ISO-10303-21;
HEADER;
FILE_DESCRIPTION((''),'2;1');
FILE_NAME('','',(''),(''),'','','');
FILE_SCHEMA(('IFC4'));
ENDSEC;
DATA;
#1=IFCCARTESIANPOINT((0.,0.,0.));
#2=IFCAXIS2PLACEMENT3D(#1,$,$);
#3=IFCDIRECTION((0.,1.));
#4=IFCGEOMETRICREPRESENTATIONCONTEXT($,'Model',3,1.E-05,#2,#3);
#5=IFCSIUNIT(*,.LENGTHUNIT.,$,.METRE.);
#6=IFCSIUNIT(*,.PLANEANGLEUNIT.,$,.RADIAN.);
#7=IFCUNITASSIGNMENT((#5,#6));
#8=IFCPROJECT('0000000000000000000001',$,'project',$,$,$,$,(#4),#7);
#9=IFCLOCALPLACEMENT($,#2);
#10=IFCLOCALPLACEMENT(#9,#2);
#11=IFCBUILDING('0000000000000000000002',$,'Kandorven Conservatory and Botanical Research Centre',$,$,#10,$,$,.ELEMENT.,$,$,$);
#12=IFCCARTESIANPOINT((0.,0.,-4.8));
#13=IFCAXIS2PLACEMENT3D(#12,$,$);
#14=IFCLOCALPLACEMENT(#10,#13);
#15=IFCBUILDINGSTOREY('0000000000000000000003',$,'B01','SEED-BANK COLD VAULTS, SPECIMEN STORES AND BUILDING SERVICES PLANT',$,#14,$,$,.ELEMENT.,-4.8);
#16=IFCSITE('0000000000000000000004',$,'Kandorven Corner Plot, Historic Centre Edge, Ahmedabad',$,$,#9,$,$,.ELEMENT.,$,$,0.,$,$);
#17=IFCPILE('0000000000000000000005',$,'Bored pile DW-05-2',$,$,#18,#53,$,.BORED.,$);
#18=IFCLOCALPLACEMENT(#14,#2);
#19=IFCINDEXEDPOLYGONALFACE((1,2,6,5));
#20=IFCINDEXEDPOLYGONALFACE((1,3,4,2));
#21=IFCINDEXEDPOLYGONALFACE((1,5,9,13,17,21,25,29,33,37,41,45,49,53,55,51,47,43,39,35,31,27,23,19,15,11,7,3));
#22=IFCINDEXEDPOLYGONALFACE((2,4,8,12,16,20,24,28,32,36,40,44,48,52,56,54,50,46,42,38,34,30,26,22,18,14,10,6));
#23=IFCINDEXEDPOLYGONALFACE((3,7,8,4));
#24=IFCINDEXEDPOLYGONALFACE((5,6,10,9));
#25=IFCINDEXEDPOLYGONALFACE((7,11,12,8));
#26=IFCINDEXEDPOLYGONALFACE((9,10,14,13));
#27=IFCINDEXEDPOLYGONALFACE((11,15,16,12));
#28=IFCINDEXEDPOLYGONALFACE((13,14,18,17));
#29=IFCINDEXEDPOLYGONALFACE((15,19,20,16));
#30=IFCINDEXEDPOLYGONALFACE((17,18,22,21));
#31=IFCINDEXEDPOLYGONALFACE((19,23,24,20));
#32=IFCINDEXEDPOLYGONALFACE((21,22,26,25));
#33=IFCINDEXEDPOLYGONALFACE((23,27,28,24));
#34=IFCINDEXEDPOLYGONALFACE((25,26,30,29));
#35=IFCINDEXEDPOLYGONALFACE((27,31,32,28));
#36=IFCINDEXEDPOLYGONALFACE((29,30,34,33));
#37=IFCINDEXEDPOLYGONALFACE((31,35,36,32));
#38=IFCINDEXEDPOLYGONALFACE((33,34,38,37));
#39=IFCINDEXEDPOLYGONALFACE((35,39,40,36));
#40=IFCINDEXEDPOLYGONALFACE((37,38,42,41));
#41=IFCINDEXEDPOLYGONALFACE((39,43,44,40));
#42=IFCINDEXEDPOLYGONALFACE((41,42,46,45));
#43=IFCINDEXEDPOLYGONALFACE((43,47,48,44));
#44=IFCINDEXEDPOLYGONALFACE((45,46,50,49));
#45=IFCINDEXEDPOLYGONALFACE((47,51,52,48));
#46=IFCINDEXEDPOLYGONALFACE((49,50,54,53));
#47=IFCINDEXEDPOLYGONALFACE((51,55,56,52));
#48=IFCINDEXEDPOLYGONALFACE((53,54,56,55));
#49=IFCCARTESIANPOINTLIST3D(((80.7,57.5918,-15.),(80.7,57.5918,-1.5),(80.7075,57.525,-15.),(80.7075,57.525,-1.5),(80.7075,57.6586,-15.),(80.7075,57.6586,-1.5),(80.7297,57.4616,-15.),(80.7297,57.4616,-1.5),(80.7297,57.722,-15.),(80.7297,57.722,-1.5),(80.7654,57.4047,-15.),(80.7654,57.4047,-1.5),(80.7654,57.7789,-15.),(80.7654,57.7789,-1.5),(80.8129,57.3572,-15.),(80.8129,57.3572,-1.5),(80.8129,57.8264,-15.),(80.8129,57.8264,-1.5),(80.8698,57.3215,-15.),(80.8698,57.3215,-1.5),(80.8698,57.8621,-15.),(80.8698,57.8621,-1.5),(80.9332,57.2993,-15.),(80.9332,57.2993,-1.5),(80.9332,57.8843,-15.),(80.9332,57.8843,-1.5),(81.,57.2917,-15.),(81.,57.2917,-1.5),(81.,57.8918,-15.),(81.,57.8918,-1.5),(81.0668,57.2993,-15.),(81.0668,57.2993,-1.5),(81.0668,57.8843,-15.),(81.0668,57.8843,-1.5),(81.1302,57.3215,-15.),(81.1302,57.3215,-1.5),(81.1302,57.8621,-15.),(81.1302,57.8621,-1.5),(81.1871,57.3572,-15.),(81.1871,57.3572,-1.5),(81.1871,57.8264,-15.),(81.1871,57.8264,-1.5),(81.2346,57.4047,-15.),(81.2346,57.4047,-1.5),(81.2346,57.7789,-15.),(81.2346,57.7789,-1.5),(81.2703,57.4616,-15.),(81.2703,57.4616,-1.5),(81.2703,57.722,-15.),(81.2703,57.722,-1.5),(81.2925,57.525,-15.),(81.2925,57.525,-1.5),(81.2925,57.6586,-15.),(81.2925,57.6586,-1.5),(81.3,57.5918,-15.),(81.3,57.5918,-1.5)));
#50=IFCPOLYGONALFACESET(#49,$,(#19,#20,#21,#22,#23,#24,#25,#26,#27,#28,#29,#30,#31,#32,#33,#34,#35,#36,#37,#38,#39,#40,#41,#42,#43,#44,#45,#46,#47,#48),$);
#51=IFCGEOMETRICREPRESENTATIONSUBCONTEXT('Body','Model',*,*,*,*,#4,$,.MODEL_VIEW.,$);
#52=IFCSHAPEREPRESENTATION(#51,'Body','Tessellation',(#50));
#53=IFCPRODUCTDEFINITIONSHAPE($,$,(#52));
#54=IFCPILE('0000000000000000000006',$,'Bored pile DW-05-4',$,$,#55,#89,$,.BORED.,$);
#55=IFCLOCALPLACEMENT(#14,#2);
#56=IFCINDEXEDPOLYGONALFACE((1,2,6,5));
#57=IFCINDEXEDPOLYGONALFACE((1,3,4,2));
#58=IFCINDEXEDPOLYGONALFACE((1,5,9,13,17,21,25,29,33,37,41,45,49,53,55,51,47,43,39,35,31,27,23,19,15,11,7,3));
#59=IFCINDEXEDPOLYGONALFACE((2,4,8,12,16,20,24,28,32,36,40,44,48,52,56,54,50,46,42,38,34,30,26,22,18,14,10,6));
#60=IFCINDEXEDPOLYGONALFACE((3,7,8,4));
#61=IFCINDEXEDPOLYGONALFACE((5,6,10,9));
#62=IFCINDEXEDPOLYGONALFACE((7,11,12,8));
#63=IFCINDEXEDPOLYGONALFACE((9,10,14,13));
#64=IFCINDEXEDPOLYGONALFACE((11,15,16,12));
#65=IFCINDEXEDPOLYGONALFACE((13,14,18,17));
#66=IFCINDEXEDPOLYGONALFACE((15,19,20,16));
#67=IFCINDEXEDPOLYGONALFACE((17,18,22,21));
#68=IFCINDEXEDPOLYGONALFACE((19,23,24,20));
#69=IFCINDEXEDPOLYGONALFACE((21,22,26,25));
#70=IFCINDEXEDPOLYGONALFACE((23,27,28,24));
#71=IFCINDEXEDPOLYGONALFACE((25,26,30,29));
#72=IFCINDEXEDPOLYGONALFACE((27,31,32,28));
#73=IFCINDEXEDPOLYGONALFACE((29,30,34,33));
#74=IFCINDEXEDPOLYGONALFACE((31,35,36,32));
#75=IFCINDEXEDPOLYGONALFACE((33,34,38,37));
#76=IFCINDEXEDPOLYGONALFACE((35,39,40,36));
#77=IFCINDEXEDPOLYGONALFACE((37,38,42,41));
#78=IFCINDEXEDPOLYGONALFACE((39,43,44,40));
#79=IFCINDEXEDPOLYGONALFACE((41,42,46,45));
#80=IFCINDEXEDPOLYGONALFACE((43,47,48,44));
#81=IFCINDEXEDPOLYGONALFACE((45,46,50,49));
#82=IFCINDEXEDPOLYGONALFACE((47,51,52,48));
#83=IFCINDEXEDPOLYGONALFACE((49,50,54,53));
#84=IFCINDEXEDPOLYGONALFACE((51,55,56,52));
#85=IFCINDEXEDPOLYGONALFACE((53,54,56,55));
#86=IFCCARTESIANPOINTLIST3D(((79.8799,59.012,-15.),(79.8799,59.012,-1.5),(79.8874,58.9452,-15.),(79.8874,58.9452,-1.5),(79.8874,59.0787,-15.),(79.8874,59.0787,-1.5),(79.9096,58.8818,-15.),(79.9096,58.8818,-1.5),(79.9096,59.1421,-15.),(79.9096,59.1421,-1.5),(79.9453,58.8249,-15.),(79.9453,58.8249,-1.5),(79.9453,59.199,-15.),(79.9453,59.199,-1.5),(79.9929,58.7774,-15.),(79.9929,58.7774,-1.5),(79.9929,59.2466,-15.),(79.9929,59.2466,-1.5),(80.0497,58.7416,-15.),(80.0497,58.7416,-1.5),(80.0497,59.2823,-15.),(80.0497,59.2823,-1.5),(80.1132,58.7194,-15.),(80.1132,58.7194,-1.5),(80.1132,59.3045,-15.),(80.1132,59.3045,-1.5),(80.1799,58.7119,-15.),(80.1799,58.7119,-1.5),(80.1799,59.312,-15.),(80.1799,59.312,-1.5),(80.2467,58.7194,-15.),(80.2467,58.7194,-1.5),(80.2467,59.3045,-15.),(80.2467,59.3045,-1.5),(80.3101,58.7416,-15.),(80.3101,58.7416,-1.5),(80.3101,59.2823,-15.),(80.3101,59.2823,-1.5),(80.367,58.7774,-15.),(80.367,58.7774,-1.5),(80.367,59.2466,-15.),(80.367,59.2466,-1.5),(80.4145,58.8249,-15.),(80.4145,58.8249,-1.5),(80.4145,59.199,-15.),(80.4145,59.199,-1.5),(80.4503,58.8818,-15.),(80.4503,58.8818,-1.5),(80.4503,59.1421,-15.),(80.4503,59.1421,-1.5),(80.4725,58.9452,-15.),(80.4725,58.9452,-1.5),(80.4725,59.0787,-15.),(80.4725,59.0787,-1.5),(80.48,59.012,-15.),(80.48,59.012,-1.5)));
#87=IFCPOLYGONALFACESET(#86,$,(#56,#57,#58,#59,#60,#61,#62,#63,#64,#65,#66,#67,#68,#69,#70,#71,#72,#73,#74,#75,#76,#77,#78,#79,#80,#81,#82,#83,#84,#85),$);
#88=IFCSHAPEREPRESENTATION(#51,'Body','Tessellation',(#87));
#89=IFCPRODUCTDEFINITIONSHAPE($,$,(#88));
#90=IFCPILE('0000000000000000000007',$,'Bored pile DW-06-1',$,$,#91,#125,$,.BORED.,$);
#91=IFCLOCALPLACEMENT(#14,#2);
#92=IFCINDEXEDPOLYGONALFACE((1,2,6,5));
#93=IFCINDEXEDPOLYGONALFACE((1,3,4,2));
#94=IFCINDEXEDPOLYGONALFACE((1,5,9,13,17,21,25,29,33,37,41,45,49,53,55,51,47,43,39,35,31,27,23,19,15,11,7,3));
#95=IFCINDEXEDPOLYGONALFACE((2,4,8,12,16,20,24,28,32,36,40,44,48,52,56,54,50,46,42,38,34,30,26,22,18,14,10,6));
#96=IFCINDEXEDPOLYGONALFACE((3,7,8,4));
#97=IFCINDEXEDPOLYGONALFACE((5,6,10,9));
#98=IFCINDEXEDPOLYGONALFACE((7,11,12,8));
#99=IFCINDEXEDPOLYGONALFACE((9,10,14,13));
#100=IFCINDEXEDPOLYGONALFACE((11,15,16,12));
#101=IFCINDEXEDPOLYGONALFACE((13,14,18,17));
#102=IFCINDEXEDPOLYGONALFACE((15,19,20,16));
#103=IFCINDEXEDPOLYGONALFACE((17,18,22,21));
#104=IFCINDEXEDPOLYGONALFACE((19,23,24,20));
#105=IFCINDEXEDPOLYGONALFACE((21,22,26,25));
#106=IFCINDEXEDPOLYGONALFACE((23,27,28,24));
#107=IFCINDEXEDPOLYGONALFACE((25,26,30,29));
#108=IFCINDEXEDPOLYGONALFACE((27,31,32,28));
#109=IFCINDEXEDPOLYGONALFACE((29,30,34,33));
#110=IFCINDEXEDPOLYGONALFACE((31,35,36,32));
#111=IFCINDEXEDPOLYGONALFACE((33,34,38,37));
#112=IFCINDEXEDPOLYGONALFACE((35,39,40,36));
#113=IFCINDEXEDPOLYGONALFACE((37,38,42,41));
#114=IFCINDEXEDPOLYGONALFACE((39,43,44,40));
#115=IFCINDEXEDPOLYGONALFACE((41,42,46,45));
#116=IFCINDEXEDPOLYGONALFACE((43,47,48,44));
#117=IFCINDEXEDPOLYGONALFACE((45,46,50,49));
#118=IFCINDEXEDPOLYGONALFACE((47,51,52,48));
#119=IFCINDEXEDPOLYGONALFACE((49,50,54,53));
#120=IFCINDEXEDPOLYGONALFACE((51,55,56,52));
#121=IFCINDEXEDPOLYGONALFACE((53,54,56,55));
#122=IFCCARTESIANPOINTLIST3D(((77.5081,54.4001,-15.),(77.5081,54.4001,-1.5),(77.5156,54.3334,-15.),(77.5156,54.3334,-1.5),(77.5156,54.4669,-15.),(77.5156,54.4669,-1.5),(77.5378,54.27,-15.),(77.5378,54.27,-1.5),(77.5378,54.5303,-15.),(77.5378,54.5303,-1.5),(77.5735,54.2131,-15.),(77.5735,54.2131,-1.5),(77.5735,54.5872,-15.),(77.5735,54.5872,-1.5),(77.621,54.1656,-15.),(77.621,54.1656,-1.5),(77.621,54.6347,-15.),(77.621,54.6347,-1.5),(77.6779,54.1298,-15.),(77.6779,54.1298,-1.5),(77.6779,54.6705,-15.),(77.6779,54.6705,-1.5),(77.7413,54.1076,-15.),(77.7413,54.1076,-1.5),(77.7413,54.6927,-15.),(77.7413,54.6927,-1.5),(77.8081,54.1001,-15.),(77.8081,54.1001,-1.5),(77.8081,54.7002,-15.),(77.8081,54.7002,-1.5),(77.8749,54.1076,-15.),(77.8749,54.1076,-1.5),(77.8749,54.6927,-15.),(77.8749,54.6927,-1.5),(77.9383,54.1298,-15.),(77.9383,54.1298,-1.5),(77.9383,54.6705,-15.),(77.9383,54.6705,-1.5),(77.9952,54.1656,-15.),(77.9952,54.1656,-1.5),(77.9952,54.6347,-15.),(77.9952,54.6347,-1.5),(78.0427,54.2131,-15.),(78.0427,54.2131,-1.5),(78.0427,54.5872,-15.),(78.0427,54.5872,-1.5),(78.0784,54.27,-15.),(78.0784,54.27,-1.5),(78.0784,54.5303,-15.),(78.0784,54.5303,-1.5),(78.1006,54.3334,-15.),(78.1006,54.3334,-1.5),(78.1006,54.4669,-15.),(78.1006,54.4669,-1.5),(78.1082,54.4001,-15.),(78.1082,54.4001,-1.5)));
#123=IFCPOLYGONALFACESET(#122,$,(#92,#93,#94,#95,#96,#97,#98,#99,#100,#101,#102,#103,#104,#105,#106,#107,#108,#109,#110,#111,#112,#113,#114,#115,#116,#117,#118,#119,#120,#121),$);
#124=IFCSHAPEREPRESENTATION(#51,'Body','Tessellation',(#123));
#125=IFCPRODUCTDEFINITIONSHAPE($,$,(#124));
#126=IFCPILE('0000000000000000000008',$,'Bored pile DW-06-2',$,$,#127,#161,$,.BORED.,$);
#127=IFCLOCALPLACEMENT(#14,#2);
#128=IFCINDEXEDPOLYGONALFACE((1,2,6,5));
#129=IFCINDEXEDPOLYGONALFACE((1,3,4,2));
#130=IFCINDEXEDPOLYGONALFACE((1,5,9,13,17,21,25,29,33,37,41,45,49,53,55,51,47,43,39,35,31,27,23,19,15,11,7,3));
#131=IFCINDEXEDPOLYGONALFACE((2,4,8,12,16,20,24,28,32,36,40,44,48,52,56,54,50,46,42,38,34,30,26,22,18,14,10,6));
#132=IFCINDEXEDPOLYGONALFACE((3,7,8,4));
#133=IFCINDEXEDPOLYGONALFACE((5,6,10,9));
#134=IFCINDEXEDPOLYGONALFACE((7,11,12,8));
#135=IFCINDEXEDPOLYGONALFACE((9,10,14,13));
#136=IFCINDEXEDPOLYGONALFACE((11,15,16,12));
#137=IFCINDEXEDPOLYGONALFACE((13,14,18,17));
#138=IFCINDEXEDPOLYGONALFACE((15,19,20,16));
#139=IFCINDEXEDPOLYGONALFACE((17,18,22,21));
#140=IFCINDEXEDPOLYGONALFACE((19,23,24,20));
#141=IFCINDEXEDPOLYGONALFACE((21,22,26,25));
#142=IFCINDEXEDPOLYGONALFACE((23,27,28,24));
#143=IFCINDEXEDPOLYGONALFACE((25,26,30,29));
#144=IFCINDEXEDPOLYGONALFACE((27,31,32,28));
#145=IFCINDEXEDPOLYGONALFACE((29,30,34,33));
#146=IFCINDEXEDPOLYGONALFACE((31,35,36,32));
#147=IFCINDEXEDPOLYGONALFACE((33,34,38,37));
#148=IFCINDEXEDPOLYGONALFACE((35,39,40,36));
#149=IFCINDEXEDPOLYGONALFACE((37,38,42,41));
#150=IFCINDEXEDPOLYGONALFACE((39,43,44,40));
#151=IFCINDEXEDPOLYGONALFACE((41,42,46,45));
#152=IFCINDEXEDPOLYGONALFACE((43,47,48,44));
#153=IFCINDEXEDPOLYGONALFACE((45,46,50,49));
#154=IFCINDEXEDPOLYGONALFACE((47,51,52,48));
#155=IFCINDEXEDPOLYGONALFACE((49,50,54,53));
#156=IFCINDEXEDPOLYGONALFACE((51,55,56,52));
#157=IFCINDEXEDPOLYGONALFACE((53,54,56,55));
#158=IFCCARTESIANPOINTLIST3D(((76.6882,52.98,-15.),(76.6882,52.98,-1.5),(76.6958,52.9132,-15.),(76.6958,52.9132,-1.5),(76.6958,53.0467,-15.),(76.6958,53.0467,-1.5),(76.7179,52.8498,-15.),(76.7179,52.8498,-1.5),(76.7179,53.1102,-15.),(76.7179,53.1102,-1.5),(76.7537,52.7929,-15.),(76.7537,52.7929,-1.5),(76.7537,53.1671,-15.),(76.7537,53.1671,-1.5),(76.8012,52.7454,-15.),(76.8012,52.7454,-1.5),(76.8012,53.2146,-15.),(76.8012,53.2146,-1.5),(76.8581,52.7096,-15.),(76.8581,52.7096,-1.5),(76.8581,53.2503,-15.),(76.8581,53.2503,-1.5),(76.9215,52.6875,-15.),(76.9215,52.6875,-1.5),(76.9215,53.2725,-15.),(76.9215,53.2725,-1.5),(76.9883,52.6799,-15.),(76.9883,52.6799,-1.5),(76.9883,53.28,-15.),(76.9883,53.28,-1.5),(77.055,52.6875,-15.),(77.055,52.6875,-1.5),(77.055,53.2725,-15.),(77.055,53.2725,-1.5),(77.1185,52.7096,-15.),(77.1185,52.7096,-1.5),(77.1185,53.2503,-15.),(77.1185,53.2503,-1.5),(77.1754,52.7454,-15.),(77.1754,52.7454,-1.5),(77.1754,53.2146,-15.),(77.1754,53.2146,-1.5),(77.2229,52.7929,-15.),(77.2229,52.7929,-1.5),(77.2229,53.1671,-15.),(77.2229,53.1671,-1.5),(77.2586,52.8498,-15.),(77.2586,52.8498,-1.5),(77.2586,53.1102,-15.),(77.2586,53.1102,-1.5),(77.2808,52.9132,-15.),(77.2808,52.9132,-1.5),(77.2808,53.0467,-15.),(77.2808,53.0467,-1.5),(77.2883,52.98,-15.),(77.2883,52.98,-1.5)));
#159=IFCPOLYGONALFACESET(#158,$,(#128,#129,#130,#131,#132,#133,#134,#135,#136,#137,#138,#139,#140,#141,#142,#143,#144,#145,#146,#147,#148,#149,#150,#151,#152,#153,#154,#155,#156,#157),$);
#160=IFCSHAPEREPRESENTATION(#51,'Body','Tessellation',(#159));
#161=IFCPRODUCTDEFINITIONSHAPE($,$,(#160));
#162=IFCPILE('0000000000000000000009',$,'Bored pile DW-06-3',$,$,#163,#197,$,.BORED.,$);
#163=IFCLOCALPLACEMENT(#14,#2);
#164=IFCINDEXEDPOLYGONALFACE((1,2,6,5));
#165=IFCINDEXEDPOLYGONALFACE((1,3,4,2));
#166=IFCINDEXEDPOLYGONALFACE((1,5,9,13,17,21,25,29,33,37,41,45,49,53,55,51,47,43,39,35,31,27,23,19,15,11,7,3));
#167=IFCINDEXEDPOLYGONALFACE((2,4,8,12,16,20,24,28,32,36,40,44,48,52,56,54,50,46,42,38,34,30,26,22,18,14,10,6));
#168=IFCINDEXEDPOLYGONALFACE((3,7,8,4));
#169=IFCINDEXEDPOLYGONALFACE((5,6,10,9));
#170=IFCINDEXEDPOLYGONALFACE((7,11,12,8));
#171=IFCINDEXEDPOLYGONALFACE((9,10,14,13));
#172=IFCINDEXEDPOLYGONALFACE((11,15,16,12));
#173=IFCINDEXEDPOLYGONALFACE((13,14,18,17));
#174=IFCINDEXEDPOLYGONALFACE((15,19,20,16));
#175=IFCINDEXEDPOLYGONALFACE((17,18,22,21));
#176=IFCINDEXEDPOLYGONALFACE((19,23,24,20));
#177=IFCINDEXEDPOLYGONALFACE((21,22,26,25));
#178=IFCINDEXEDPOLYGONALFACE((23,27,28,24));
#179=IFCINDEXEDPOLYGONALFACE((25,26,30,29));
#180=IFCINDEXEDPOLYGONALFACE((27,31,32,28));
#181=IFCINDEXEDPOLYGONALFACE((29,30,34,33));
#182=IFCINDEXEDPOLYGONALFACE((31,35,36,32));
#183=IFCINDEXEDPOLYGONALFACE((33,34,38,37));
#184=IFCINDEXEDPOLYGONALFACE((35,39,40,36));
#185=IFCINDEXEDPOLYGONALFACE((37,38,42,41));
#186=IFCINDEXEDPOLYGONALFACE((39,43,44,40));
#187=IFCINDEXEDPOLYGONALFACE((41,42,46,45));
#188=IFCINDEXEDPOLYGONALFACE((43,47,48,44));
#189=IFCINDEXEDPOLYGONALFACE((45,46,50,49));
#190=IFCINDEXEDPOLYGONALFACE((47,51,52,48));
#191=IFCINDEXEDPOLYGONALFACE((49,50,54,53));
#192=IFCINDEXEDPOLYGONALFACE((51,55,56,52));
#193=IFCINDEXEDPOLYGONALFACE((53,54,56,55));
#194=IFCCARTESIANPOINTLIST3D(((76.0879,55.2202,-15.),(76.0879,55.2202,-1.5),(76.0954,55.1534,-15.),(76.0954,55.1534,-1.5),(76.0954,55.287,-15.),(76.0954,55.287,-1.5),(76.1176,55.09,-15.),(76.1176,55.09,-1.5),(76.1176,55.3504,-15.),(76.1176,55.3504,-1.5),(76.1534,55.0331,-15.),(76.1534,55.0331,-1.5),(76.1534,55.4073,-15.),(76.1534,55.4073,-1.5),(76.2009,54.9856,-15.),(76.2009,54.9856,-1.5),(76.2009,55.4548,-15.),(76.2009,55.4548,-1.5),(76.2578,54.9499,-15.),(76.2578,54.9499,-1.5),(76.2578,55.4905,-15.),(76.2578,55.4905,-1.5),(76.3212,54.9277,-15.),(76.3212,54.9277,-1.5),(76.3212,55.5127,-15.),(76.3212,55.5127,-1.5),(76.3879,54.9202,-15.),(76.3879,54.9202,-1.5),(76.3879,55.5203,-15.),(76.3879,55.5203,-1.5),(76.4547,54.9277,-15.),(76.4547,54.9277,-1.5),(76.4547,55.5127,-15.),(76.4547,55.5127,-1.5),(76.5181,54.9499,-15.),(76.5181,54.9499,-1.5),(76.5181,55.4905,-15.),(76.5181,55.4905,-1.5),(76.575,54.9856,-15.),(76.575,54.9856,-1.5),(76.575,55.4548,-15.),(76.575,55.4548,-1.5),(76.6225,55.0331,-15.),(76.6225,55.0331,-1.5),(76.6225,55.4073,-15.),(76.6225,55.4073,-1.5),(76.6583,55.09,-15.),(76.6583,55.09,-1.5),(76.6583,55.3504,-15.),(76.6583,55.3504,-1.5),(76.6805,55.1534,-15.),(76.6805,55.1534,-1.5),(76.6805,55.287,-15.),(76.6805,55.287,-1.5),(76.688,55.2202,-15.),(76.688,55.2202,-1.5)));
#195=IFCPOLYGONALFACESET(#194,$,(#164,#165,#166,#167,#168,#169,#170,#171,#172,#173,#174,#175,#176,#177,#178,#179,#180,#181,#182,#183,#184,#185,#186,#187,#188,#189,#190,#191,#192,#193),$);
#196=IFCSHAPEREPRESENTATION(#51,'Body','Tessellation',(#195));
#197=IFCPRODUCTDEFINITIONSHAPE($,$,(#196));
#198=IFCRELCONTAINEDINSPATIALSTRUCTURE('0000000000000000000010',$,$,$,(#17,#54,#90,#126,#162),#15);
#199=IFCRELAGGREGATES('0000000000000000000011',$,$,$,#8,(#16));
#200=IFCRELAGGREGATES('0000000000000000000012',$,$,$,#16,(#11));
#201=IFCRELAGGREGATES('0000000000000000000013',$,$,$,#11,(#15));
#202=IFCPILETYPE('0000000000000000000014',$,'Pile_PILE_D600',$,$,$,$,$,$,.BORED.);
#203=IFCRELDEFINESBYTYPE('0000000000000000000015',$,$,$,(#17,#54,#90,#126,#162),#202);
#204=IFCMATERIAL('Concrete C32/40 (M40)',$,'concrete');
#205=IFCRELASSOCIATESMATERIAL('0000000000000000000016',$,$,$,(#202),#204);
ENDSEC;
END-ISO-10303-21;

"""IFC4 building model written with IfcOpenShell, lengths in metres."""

from ifc_helpers import new_model, si_unit, direction, frame, origin, origin_2d, place, context, subcontext, project, spatial, circle, extrude, material, material_profile, profile_set, type_object, element, save


model = new_model("IFC4")

# Units and contexts
model_context = context("Model", 3, precision=1e-05, world=origin(), true_north=direction((0.0, 1.0)))
body_context = subcontext(model_context, "Body", "Model", "MODEL_VIEW")
ifc_project = project(units=[si_unit("LENGTHUNIT", "METRE"), si_unit("PLANEANGLEUNIT", "RADIAN")], contexts=[model_context])

# Site, building, storey
site_placement = place(None, origin())
site = spatial("IfcSite", under=ifc_project, at=site_placement, Name="Kandorven Corner Plot, Historic Centre Edge, Ahmedabad", CompositionType="ELEMENT", RefElevation=0.0)
building_placement = place(site_placement, origin())
building = spatial("IfcBuilding", under=site, at=building_placement, Name="Kandorven Conservatory and Botanical Research Centre", CompositionType="ELEMENT")
storey_placement = place(building_placement, frame((0.0, 0.0, -4.8)))
storey = spatial("IfcBuildingStorey", under=building, at=storey_placement, Name="B01", Description="SEED-BANK COLD VAULTS, SPECIMEN STORES AND BUILDING SERVICES PLANT", CompositionType="ELEMENT", Elevation=-4.8)

# Piles
ifc_material_1 = material(Name="Concrete C32/40 (M40)", Category="concrete")
ifc_material_profile_1 = material_profile(ifc_material_1, circle(Radius=0.3, at=origin_2d()))
ifc_profile_set_1 = profile_set([ifc_material_profile_1], Name="Concrete C32/40 (M40)")
pile_type = type_object("IfcPileType", Name="Pile_PILE_D600", PredefinedType="BORED", material=ifc_profile_set_1)
for number, where, z_axis, x_axis, name in (
    (1, (81.0, 57.5918, -1.5), (0.0, 0.0, -1.0), (1.0, 0.0, 0.0), "Bored pile DW-05-2"),
    (2, (80.1799, 59.012, -1.5), (0.0, 0.0, -1.0), (1.0, 0.0, 0.0), "Bored pile DW-05-4"),
    (3, (77.8081, 54.4001, -1.5), (0.0, 0.0, -1.0), (1.0, 0.0, 0.0), "Bored pile DW-06-1"),
    (4, (76.9883, 52.98, -1.5), (0.0, 0.0, -1.0), (1.0, 0.0, 0.0), "Bored pile DW-06-2"),
    (5, (76.3879, 55.2202, -1.5), (0.0, 0.0, -1.0), (1.0, 0.0, 0.0), "Bored pile DW-06-3"),
):
    element("IfcPile", number, at=place(storey_placement, frame(where, z_axis=z_axis, x_axis=x_axis)), inside=storey, type_object=pile_type, Name=name, PredefinedType="BORED", context=body_context, shape_type="SweptSolid", body=[
        extrude(circle(Radius=0.3, at=origin_2d()), origin(), (0.0, 0.0, 1.0), 13.5),
    ])

save(model, "model.ifc")
